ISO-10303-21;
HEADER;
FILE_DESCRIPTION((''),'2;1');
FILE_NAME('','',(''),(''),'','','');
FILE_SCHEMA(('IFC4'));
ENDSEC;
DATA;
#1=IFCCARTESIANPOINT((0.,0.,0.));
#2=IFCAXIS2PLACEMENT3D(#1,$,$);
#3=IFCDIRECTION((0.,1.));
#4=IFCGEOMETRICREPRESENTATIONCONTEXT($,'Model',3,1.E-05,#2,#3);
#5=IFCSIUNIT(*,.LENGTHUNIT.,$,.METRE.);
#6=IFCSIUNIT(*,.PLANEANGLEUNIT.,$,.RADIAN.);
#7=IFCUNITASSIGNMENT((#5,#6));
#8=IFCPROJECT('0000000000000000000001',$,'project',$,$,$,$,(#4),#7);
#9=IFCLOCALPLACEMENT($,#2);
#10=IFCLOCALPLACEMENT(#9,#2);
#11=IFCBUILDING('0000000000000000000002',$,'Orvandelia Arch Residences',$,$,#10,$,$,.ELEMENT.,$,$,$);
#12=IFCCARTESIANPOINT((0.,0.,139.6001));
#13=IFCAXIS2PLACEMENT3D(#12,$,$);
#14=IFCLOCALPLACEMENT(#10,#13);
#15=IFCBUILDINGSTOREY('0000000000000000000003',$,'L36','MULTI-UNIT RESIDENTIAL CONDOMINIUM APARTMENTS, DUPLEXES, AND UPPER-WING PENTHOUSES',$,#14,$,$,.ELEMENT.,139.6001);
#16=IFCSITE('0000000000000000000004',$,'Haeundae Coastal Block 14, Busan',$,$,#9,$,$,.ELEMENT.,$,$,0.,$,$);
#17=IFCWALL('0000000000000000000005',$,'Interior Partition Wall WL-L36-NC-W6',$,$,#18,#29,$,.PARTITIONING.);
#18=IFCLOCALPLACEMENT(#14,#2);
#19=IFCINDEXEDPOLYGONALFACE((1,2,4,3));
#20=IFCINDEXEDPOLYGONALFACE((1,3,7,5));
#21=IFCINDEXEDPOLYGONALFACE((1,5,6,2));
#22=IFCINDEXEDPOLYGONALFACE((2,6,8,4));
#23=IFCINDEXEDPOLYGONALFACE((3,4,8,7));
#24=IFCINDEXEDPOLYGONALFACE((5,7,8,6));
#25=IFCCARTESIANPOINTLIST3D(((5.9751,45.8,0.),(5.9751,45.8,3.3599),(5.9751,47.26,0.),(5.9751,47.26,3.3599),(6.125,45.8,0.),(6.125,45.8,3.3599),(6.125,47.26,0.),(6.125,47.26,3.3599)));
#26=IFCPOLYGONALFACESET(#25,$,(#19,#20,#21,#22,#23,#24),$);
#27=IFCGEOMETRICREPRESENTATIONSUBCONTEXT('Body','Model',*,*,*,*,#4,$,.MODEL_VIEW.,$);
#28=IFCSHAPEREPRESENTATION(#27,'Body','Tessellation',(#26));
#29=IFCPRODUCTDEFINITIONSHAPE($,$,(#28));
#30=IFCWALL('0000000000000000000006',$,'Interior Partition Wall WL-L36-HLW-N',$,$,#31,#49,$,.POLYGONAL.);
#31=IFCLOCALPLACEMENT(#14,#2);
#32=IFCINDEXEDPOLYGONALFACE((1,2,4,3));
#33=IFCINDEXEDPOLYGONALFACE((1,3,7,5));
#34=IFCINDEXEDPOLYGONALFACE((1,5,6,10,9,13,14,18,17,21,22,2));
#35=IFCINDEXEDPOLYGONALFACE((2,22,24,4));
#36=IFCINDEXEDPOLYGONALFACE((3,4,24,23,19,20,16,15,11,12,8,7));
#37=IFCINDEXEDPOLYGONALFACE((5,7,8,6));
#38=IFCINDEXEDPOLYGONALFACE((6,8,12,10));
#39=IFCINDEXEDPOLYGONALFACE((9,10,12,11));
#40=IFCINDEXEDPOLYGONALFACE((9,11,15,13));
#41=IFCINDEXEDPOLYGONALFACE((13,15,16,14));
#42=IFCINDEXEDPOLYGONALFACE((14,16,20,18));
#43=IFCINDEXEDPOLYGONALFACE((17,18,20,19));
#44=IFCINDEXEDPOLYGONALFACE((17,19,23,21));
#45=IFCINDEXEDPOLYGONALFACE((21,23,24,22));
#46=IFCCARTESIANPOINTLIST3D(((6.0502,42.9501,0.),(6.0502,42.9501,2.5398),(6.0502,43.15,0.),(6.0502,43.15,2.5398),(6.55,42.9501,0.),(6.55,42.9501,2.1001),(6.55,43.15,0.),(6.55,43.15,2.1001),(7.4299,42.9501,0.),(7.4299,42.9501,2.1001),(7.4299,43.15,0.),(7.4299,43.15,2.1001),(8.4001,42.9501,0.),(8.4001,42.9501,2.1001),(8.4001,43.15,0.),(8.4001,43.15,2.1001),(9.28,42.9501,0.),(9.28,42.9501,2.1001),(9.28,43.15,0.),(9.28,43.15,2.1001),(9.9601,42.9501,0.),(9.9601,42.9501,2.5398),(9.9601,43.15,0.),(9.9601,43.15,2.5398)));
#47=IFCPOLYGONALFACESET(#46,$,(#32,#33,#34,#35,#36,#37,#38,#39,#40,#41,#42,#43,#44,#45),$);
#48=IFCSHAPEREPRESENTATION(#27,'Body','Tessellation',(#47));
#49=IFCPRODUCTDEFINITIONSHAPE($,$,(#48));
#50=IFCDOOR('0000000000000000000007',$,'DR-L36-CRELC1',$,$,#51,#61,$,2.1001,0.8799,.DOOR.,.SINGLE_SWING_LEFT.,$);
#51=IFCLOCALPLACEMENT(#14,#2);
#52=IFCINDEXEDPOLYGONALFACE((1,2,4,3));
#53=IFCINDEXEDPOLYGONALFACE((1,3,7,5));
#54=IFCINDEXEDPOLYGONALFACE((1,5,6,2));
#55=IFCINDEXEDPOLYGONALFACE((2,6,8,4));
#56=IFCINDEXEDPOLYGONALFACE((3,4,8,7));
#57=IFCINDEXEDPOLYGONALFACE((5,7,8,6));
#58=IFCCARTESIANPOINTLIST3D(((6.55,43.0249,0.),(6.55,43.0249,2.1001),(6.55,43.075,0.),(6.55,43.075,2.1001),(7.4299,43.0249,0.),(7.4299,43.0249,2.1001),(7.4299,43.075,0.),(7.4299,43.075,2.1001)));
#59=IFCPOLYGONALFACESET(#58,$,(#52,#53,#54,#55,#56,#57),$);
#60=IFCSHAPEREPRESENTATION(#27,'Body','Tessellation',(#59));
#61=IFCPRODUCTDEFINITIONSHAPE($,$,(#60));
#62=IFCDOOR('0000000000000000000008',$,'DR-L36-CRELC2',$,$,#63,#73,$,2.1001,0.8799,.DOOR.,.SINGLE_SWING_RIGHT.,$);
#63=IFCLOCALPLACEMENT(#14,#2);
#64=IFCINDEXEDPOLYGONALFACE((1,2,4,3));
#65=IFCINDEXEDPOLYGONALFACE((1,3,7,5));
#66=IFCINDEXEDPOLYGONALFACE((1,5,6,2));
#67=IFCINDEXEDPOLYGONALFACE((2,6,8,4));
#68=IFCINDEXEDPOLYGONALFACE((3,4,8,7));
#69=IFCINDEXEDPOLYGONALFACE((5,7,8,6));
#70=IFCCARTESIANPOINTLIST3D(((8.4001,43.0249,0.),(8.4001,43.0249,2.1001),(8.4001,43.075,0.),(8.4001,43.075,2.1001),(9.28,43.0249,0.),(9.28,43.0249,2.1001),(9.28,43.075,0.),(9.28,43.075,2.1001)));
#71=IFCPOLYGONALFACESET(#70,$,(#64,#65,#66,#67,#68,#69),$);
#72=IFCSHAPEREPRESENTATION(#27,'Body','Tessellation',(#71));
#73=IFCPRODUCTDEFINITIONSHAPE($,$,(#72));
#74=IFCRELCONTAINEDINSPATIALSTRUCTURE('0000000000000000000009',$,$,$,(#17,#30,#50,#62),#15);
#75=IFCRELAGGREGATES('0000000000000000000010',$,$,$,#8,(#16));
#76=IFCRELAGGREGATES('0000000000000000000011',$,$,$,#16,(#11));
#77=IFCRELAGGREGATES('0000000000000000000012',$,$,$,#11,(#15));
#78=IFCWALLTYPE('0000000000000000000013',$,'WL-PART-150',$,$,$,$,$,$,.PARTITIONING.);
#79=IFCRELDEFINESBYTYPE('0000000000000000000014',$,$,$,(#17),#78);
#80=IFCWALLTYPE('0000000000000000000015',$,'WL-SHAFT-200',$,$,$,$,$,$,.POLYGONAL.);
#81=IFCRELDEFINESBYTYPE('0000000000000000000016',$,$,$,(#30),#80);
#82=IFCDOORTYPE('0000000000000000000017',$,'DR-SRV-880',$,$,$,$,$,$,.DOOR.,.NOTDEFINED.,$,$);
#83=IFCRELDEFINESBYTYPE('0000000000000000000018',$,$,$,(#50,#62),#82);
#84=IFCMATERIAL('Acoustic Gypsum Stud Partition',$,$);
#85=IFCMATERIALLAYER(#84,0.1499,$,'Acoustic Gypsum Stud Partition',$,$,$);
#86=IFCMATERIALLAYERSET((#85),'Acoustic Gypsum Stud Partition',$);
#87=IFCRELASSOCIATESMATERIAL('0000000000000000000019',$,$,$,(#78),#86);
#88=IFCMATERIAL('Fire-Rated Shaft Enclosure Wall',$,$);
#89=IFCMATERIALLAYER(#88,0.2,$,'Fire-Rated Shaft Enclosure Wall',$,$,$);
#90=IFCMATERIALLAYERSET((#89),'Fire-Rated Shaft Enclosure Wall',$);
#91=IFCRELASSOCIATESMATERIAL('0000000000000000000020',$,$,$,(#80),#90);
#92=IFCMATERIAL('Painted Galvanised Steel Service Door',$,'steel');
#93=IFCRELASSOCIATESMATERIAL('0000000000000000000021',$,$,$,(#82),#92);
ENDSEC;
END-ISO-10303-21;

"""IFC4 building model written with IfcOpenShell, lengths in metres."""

from ifc_helpers import new_model, si_unit, direction, frame, frame_2d, origin, place, context, subcontext, project, spatial, rectangle, extrude, material, layer, layer_set, type_object, element, fill, save


model = new_model("IFC4")

# Units and contexts
model_context = context("Model", 3, precision=1e-05, world=origin(), true_north=direction((0.0, 1.0)))
body_context = subcontext(model_context, "Body", "Model", "MODEL_VIEW")
ifc_project = project(units=[si_unit("LENGTHUNIT", "METRE"), si_unit("PLANEANGLEUNIT", "RADIAN")], contexts=[model_context])

# Site, building, storey
site_placement = place(None, origin())
site = spatial("IfcSite", under=ifc_project, at=site_placement, Name="Haeundae Coastal Block 14, Busan", CompositionType="ELEMENT", RefElevation=0.0)
building_placement = place(site_placement, origin())
building = spatial("IfcBuilding", under=site, at=building_placement, Name="Orvandelia Arch Residences", CompositionType="ELEMENT")
storey_placement = place(building_placement, frame((0.0, 0.0, 139.6001)))
storey = spatial("IfcBuildingStorey", under=building, at=storey_placement, Name="L36", Description="MULTI-UNIT RESIDENTIAL CONDOMINIUM APARTMENTS, DUPLEXES, AND UPPER-WING PENTHOUSES", CompositionType="ELEMENT", Elevation=139.6001)

# Wall
ifc_material_1 = material(Name="Acoustic Gypsum Stud Partition")
ifc_layer_1 = layer(ifc_material_1, 0.1499, Name="Acoustic Gypsum Stud Partition")
ifc_layer_set_1 = layer_set([ifc_layer_1], Name="Acoustic Gypsum Stud Partition")
wall_type_1 = type_object("IfcWallType", Name="WL-PART-150", PredefinedType="PARTITIONING", material=ifc_layer_set_1)
wall_1_placement = place(storey_placement, frame((6.05, 45.8, 0.0), z_axis=(0.0, 0.0, 1.0), x_axis=(0.0, 1.0, 0.0)))
element("IfcWall", 1, at=wall_1_placement, inside=storey, type_object=wall_type_1, Name="Interior Partition Wall WL-L36-NC-W6", PredefinedType="PARTITIONING", context=body_context, shape_type="SweptSolid", body=[
    extrude(rectangle(XDim=1.46, YDim=0.1499, at=frame_2d((0.73, 0.0))), origin(), (0.0, 0.0, 1.0), 3.3599),
])

# Wall, openings, doors
ifc_material_2 = material(Name="Fire-Rated Shaft Enclosure Wall")
ifc_layer_2 = layer(ifc_material_2, 0.2, Name="Fire-Rated Shaft Enclosure Wall")
ifc_layer_set_2 = layer_set([ifc_layer_2], Name="Fire-Rated Shaft Enclosure Wall")
wall_type_2 = type_object("IfcWallType", Name="WL-SHAFT-200", PredefinedType="POLYGONAL", material=ifc_layer_set_2)
wall_2_placement = place(storey_placement, frame((6.05, 43.05, 0.0), z_axis=(0.0, 0.0, 1.0), x_axis=(1.0, 0.0, 0.0)))
wall_2 = element("IfcWall", 2, at=wall_2_placement, inside=storey, type_object=wall_type_2, Name="Interior Partition Wall WL-L36-HLW-N", PredefinedType="POLYGONAL", context=body_context, shape_type="SweptSolid", body=[
    extrude(rectangle(XDim=3.9099, YDim=0.2, at=frame_2d((1.9551, 0.0))), origin(), (0.0, 0.0, 1.0), 2.5398),
])
opening_1_placement = place(wall_2_placement, frame((0.5, 0.0, 0.0)))
opening_1 = element("IfcOpeningElement", 3, at=opening_1_placement, cuts=wall_2, PredefinedType="OPENING", context=body_context, shape_type="SweptSolid", body=[
    extrude(rectangle(XDim=0.8799, YDim=2.1001, at=frame_2d((0.4399, 1.05))), frame((0.0, 0.1099, 0.0), z_axis=(0.0, -1.0, 0.0), x_axis=(1.0, 0.0, 0.0)), (0.0, 0.0, 1.0), 0.22),
])
opening_2_placement = place(wall_2_placement, frame((2.3501, 0.0, 0.0)))
opening_2 = element("IfcOpeningElement", 4, at=opening_2_placement, cuts=wall_2, PredefinedType="OPENING", context=body_context, shape_type="SweptSolid", body=[
    extrude(rectangle(XDim=0.8799, YDim=2.1001, at=frame_2d((0.4399, 1.05))), frame((0.0, 0.1099, 0.0), z_axis=(0.0, -1.0, 0.0), x_axis=(1.0, 0.0, 0.0)), (0.0, 0.0, 1.0), 0.22),
])
ifc_material_3 = material(Name="Painted Galvanised Steel Service Door", Category="steel")
door_type = type_object("IfcDoorType", Name="DR-SRV-880", OperationType="NOTDEFINED", PredefinedType="DOOR", material=ifc_material_3)
door_1_placement = place(opening_1_placement, origin())
door_1 = element("IfcDoor", 5, at=door_1_placement, inside=storey, type_object=door_type, Name="DR-L36-CRELC1", OperationType="SINGLE_SWING_LEFT", OverallHeight=2.1001, OverallWidth=0.8799, PredefinedType="DOOR", context=body_context, shape_type="SweptSolid", body=[
    extrude(rectangle(XDim=0.8799, YDim=2.1001, at=frame_2d((0.4399, 1.05))), frame((0.0, 0.0249, 0.0), z_axis=(0.0, -1.0, 0.0), x_axis=(1.0, 0.0, 0.0)), (0.0, 0.0, 1.0), 0.05),
])
fill(opening_1, door_1)
door_2_placement = place(opening_2_placement, origin())
door_2 = element("IfcDoor", 6, at=door_2_placement, inside=storey, type_object=door_type, Name="DR-L36-CRELC2", OperationType="SINGLE_SWING_RIGHT", OverallHeight=2.1001, OverallWidth=0.8799, PredefinedType="DOOR", context=body_context, shape_type="SweptSolid", body=[
    extrude(rectangle(XDim=0.8799, YDim=2.1001, at=frame_2d((0.4399, 1.05))), frame((0.0, 0.0249, 0.0), z_axis=(0.0, -1.0, 0.0), x_axis=(1.0, 0.0, 0.0)), (0.0, 0.0, 1.0), 0.05),
])
fill(opening_2, door_2)

save(model, "model.ifc")
